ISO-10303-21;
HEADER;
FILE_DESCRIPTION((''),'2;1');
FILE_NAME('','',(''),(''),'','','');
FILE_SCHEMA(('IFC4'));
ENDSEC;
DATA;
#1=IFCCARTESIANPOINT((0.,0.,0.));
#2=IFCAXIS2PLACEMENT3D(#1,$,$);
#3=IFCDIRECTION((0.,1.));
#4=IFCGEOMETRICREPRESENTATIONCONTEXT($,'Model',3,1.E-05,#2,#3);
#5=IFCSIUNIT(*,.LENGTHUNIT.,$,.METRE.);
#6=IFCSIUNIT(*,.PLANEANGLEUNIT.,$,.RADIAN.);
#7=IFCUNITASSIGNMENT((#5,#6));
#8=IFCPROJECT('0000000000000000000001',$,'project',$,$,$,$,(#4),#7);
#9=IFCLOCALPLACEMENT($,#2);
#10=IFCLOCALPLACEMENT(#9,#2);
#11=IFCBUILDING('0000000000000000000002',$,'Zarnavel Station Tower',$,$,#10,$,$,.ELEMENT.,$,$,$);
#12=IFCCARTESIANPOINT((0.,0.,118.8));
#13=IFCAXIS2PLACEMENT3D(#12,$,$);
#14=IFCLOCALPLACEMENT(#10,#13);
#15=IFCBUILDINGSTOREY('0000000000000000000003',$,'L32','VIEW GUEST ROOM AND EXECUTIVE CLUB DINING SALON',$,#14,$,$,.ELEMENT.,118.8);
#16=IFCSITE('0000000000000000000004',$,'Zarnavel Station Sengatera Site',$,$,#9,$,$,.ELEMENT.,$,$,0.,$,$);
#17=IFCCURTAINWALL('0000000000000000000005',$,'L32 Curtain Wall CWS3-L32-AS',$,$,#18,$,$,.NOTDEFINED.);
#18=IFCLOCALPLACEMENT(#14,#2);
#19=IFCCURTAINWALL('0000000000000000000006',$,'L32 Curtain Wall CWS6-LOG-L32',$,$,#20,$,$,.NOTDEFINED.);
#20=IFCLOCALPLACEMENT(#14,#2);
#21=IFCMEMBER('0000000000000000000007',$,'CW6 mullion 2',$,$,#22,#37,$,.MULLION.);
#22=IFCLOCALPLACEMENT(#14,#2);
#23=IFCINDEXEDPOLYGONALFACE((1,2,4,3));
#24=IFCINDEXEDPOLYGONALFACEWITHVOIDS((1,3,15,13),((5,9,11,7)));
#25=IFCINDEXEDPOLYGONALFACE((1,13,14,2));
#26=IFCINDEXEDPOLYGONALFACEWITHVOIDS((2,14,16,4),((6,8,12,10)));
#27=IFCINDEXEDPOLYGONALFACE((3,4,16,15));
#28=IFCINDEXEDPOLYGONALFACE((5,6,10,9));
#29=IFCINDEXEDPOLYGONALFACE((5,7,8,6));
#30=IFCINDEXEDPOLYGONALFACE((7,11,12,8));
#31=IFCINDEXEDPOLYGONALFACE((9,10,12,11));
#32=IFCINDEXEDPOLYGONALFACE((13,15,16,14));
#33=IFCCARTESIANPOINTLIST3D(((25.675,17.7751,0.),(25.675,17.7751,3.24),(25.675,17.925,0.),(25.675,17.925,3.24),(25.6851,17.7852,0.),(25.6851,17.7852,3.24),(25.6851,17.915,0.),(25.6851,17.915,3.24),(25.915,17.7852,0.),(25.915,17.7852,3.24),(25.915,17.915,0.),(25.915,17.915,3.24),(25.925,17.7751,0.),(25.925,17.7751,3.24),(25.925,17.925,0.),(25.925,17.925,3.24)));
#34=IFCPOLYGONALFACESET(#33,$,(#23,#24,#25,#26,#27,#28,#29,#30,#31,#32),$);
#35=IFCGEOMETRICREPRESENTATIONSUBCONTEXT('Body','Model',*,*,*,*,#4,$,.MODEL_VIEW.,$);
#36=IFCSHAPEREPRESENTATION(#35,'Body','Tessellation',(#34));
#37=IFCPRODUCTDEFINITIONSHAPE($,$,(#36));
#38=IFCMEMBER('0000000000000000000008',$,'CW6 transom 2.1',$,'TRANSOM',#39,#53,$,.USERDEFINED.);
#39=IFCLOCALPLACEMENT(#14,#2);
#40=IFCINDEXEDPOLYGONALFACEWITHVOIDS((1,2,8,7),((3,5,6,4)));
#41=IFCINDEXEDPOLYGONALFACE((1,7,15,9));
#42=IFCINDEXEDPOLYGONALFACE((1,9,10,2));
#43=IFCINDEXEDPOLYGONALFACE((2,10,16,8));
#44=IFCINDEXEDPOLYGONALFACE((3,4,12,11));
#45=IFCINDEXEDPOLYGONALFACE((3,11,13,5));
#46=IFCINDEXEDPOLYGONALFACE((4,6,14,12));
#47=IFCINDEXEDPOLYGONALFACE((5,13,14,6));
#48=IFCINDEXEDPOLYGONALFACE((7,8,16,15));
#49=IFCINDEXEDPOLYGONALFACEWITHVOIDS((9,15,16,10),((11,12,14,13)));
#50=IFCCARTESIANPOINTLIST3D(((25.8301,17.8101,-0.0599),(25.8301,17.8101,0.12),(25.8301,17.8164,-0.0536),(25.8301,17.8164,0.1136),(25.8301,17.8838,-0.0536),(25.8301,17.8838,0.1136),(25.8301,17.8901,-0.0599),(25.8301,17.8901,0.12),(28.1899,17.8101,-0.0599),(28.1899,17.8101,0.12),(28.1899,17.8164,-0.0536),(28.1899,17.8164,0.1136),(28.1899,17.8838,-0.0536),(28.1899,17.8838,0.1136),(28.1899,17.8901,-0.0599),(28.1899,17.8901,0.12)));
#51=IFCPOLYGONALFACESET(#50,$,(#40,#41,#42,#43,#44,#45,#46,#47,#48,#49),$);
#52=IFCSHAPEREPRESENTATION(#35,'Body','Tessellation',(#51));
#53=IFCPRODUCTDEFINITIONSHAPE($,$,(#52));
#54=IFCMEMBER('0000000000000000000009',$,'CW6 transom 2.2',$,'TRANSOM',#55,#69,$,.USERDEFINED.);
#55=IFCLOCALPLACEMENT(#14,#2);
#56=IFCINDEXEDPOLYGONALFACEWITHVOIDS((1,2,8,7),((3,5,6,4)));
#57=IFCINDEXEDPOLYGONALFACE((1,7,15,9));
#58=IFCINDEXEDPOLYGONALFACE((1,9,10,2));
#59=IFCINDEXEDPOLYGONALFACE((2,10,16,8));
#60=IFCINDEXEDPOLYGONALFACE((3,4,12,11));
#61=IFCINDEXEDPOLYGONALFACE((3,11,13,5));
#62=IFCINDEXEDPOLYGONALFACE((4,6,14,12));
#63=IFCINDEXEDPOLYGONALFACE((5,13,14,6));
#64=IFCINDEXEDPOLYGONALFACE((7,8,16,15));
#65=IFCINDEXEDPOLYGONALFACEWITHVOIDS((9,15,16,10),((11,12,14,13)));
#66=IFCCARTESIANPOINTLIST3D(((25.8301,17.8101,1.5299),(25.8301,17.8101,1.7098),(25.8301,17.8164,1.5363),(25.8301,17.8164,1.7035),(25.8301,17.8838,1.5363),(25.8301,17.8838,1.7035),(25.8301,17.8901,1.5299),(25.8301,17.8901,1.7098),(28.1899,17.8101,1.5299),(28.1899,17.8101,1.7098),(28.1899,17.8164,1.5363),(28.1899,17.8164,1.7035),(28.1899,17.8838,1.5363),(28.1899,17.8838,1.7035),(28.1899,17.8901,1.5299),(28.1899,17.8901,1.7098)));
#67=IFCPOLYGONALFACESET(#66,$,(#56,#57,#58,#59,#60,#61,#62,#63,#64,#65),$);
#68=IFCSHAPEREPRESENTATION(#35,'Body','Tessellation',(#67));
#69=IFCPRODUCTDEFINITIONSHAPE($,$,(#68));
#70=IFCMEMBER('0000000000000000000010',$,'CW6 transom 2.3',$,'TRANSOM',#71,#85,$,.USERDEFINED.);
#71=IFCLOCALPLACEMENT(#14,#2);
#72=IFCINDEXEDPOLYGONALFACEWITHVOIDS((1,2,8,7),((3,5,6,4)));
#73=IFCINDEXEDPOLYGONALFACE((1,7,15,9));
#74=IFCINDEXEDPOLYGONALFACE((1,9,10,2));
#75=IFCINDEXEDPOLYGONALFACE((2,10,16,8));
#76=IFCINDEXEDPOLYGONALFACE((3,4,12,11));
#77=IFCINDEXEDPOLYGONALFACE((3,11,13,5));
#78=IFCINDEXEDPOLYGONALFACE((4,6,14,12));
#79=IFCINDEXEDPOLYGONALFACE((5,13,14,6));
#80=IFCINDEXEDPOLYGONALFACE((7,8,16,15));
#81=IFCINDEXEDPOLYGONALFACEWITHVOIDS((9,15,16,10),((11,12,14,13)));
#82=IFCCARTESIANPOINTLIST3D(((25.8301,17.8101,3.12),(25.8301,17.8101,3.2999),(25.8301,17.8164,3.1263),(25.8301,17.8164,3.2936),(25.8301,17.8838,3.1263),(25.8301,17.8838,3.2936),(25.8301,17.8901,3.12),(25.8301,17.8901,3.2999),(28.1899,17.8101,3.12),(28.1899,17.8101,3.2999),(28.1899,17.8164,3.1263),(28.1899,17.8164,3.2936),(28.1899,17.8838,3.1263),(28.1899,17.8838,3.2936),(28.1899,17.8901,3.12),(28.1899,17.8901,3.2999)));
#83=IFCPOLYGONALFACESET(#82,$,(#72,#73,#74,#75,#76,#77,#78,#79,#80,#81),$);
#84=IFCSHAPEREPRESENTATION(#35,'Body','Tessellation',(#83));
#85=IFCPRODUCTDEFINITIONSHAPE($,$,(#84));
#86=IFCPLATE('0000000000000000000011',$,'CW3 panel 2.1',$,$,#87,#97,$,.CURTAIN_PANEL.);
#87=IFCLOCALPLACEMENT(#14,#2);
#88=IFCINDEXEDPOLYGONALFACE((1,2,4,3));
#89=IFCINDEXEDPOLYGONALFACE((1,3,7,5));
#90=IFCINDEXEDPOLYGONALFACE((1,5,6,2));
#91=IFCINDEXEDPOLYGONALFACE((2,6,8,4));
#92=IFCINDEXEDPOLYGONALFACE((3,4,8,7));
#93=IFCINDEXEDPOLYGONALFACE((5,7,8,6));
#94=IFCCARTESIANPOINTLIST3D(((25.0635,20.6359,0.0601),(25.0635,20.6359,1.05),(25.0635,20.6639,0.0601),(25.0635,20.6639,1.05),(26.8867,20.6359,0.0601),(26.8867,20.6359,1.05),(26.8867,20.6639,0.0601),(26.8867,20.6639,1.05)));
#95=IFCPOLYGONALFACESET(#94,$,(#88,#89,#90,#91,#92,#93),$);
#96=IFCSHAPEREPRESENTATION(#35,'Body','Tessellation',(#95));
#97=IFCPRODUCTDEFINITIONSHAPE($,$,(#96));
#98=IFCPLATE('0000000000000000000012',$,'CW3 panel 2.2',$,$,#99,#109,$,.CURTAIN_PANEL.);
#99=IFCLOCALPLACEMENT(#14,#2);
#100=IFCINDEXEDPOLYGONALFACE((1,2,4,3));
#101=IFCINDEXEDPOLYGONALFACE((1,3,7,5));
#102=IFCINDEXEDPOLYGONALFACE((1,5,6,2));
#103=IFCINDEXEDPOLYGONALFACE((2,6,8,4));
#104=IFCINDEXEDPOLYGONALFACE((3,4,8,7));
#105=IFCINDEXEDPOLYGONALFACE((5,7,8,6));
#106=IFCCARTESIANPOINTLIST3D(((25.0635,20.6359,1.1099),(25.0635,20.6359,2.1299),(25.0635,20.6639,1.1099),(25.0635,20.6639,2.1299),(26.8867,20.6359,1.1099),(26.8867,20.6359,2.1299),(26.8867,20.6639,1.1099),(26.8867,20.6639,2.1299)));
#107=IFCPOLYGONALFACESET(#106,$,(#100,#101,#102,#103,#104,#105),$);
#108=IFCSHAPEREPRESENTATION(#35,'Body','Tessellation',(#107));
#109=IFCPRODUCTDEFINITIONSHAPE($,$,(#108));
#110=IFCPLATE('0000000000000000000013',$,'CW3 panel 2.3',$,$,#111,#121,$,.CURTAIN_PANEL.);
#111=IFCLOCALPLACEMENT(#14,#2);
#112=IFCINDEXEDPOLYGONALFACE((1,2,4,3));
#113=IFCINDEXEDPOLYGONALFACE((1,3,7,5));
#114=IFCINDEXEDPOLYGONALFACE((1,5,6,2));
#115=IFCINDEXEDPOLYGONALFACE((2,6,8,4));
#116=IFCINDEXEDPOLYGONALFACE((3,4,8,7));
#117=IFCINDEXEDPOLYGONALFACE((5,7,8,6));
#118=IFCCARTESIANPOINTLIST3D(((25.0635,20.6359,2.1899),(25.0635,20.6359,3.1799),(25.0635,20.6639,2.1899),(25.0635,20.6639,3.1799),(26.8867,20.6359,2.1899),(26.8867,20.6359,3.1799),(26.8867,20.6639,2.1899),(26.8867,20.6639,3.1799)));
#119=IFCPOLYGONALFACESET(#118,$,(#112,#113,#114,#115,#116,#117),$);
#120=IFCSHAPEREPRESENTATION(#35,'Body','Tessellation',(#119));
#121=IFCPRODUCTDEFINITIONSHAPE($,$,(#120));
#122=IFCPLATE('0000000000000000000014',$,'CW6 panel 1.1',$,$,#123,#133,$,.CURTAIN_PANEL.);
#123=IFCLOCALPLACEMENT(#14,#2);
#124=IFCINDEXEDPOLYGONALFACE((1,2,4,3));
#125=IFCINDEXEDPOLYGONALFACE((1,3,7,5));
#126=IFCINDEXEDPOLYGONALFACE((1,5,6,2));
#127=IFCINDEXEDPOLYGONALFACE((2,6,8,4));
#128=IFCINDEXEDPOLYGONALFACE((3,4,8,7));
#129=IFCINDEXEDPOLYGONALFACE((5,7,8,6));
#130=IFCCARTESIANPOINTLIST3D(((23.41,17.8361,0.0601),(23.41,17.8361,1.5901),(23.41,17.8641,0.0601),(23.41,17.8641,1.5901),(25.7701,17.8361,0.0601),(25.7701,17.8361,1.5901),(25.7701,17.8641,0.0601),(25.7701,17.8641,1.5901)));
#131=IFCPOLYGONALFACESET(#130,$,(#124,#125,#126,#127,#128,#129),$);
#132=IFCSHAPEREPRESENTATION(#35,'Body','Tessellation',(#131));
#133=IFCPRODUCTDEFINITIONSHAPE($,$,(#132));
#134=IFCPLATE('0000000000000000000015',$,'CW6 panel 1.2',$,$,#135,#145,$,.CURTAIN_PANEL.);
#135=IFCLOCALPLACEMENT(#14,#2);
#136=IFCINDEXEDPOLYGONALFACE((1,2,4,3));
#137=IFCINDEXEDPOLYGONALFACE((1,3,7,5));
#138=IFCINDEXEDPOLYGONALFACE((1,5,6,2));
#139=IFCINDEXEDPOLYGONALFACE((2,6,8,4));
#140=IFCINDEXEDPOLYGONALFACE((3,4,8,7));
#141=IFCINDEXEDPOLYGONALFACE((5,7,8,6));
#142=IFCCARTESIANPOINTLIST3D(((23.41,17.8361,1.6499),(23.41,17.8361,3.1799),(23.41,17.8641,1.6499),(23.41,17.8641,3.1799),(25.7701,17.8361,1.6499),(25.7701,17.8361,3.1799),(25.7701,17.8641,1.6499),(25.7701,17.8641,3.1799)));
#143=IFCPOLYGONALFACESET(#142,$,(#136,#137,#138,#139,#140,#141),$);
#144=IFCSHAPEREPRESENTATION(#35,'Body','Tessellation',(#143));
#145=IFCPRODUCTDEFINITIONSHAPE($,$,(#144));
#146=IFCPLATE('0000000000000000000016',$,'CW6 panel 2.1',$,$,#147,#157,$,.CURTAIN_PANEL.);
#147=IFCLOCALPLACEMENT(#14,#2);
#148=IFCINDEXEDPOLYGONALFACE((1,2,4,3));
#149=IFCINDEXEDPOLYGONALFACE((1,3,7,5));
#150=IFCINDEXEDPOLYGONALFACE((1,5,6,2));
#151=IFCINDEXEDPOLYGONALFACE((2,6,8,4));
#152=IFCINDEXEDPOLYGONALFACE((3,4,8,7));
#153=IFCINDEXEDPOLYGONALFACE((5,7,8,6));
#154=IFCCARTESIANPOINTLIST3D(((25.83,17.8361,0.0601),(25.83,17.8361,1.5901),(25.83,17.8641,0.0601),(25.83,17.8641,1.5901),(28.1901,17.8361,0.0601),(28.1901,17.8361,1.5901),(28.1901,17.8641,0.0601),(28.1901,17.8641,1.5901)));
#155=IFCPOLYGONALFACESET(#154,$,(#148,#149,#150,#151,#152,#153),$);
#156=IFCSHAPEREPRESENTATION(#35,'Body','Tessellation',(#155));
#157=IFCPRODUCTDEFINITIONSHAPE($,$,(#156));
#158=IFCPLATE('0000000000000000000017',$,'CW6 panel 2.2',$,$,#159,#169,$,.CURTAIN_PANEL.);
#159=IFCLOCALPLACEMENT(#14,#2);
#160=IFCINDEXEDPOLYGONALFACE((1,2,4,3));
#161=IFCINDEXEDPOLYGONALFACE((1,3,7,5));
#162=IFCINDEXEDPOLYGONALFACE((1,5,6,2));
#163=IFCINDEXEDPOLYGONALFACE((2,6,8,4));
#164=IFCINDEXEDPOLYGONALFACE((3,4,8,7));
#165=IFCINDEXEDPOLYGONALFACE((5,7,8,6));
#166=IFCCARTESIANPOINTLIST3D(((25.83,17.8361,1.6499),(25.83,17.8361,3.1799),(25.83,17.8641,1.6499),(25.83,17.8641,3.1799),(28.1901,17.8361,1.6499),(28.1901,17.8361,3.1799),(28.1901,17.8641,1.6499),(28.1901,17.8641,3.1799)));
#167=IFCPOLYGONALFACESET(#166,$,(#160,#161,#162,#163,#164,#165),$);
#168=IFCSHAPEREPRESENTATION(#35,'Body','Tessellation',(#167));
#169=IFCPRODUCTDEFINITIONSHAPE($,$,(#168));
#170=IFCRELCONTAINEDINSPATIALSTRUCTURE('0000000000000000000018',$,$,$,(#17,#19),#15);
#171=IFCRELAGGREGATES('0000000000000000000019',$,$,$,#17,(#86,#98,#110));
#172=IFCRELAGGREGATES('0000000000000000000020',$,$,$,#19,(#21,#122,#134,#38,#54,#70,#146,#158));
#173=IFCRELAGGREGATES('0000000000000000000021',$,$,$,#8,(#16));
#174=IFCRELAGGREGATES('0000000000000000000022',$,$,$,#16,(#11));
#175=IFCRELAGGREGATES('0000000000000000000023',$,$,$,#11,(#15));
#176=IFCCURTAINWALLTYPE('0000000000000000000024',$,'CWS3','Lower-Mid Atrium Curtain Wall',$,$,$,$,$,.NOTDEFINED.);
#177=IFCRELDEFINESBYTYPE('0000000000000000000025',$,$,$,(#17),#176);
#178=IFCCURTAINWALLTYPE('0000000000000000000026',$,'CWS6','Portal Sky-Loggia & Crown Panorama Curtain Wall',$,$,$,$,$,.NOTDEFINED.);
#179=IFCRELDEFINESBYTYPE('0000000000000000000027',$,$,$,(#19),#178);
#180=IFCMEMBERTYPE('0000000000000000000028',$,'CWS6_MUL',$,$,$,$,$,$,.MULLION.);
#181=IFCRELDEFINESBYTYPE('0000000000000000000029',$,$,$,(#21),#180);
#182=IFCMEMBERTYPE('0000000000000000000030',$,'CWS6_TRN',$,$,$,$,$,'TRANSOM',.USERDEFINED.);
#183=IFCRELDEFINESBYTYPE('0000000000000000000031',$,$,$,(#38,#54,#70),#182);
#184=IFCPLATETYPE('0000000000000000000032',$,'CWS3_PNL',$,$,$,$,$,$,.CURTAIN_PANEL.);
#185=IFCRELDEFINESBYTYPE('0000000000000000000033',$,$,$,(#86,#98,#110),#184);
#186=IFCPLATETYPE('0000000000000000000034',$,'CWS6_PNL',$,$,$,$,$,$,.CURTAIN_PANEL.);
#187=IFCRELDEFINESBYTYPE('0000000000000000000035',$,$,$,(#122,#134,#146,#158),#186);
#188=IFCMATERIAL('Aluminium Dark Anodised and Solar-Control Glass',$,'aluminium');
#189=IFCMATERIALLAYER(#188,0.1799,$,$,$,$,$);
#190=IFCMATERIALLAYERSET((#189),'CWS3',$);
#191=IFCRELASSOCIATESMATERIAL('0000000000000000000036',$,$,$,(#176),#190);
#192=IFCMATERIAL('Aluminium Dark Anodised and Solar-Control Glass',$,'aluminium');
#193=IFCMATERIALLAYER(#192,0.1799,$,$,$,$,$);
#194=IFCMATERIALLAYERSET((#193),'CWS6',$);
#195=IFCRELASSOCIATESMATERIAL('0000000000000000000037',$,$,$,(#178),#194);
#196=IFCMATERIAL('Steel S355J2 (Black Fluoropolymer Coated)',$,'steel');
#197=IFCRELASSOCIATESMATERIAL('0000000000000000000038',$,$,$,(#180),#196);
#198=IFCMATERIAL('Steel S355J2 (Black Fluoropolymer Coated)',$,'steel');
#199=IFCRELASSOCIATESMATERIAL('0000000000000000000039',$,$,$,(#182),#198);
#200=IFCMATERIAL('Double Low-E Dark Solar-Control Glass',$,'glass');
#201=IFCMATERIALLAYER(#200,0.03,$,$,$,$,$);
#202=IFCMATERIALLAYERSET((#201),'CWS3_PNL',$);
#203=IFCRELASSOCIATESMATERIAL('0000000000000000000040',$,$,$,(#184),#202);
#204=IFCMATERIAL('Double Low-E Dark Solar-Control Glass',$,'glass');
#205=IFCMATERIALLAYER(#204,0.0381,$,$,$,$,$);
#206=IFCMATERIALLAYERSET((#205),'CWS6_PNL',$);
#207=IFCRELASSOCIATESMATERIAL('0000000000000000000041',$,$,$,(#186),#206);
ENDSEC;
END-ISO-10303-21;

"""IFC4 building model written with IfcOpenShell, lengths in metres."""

from ifc_helpers import new_model, si_unit, direction, frame, origin, origin_2d, place, context, subcontext, project, spatial, rectangle, hollow_rectangle, extrude, material, layer, layer_set, material_profile, profile_set, type_object, element, aggregate, save


model = new_model("IFC4")

# Units and contexts
model_context = context("Model", 3, precision=1e-05, world=origin(), true_north=direction((0.0, 1.0)))
body_context = subcontext(model_context, "Body", "Model", "MODEL_VIEW")
ifc_project = project(units=[si_unit("LENGTHUNIT", "METRE"), si_unit("PLANEANGLEUNIT", "RADIAN")], contexts=[model_context])

# Site, building, storey
site_placement = place(None, origin())
site = spatial("IfcSite", under=ifc_project, at=site_placement, Name="Zarnavel Station Sengatera Site", CompositionType="ELEMENT", RefElevation=0.0)
building_placement = place(site_placement, origin())
building = spatial("IfcBuilding", under=site, at=building_placement, Name="Zarnavel Station Tower", CompositionType="ELEMENT")
storey_placement = place(building_placement, frame((0.0, 0.0, 118.8)))
storey = spatial("IfcBuildingStorey", under=building, at=storey_placement, Name="L32", Description="VIEW GUEST ROOM AND EXECUTIVE CLUB DINING SALON", CompositionType="ELEMENT", Elevation=118.8)

# Curtain walls, members
ifc_material_1 = material(Name="Aluminium Dark Anodised and Solar-Control Glass", Category="aluminium")
ifc_layer_1 = layer(ifc_material_1, 0.1799)
ifc_layer_set_1 = layer_set([ifc_layer_1], Name="CWS3")
curtain_wall_type_1 = type_object("IfcCurtainWallType", Name="CWS3", Description="Lower-Mid Atrium Curtain Wall", PredefinedType="NOTDEFINED", material=ifc_layer_set_1)
curtain_wall_1_placement = place(storey_placement, origin())
curtain_wall_1 = element("IfcCurtainWall", 1, at=curtain_wall_1_placement, inside=storey, type_object=curtain_wall_type_1, Name="L32 Curtain Wall CWS3-L32-AS", PredefinedType="NOTDEFINED")
ifc_material_2 = material(Name="Aluminium Dark Anodised and Solar-Control Glass", Category="aluminium")
ifc_layer_2 = layer(ifc_material_2, 0.1799)
ifc_layer_set_2 = layer_set([ifc_layer_2], Name="CWS6")
curtain_wall_type_2 = type_object("IfcCurtainWallType", Name="CWS6", Description="Portal Sky-Loggia & Crown Panorama Curtain Wall", PredefinedType="NOTDEFINED", material=ifc_layer_set_2)
curtain_wall_2_placement = place(storey_placement, origin())
curtain_wall_2 = element("IfcCurtainWall", 2, at=curtain_wall_2_placement, inside=storey, type_object=curtain_wall_type_2, Name="L32 Curtain Wall CWS6-LOG-L32", PredefinedType="NOTDEFINED")
ifc_material_3 = material(Name="Steel S355J2 (Black Fluoropolymer Coated)", Category="steel")
ifc_material_profile_1 = material_profile(ifc_material_3, hollow_rectangle(XDim=0.1499, YDim=0.25, WallThickness=0.01, at=origin_2d()), Name="RHS250x150x10")
ifc_profile_set_1 = profile_set([ifc_material_profile_1], Name="Steel S355J2 (Black Fluoropolymer Coated)")
member_type_1 = type_object("IfcMemberType", Name="CWS6_MUL", PredefinedType="MULLION", material=ifc_profile_set_1)
member_1_placement = place(storey_placement, frame((25.8, 17.8501, 0.0), z_axis=(0.0, 0.0, 1.0), x_axis=(0.0, 1.0, 0.0)))
member_1 = element("IfcMember", 3, at=member_1_placement, type_object=member_type_1, Name="CW6 mullion 2", PredefinedType="MULLION", context=body_context, shape_type="SweptSolid", body=[
    extrude(hollow_rectangle(XDim=0.1499, YDim=0.25, WallThickness=0.01, at=origin_2d()), origin(), (0.0, 0.0, 1.0), 3.24),
])
ifc_material_4 = material(Name="Steel S355J2 (Black Fluoropolymer Coated)", Category="steel")
ifc_material_profile_2 = material_profile(ifc_material_4, hollow_rectangle(XDim=0.0801, YDim=0.1799, WallThickness=0.0063, at=origin_2d()), Name="RHS180x80x6.3")
ifc_profile_set_2 = profile_set([ifc_material_profile_2], Name="Steel S355J2 (Black Fluoropolymer Coated)")
member_type_2 = type_object("IfcMemberType", Name="CWS6_TRN", ElementType="TRANSOM", PredefinedType="USERDEFINED", material=ifc_profile_set_2)
member_2_placement = place(storey_placement, frame((25.8301, 17.8501, 0.03), z_axis=(1.0, 0.0, 0.0), x_axis=(0.0, 1.0, 0.0)))
member_2 = element("IfcMember", 4, at=member_2_placement, type_object=member_type_2, Name="CW6 transom 2.1", ObjectType="TRANSOM", PredefinedType="USERDEFINED", context=body_context, shape_type="SweptSolid", body=[
    extrude(hollow_rectangle(XDim=0.0801, YDim=0.1799, WallThickness=0.0063, at=origin_2d()), origin(), (0.0, 0.0, 1.0), 2.3599),
])
member_3_placement = place(storey_placement, frame((25.8301, 17.8501, 1.6199), z_axis=(1.0, 0.0, 0.0), x_axis=(0.0, 1.0, 0.0)))
member_3 = element("IfcMember", 5, at=member_3_placement, type_object=member_type_2, Name="CW6 transom 2.2", ObjectType="TRANSOM", PredefinedType="USERDEFINED", context=body_context, shape_type="SweptSolid", body=[
    extrude(hollow_rectangle(XDim=0.0801, YDim=0.1799, WallThickness=0.0063, at=origin_2d()), origin(), (0.0, 0.0, 1.0), 2.3599),
])
member_4_placement = place(storey_placement, frame((25.8301, 17.8501, 3.21), z_axis=(1.0, 0.0, 0.0), x_axis=(0.0, 1.0, 0.0)))
member_4 = element("IfcMember", 6, at=member_4_placement, type_object=member_type_2, Name="CW6 transom 2.3", ObjectType="TRANSOM", PredefinedType="USERDEFINED", context=body_context, shape_type="SweptSolid", body=[
    extrude(hollow_rectangle(XDim=0.0801, YDim=0.1799, WallThickness=0.0063, at=origin_2d()), origin(), (0.0, 0.0, 1.0), 2.3599),
])

# Plates
ifc_material_5 = material(Name="Double Low-E Dark Solar-Control Glass", Category="glass")
ifc_layer_3 = layer(ifc_material_5, 0.03)
ifc_layer_set_3 = layer_set([ifc_layer_3], Name="CWS3_PNL")
plate_type_1 = type_object("IfcPlateType", Name="CWS3_PNL", PredefinedType="CURTAIN_PANEL", material=ifc_layer_set_3)
plate_1_placement = place(storey_placement, frame((25.9751, 20.6499, 0.0601), z_axis=(0.0, 0.0, 1.0), x_axis=(1.0, 0.0, 0.0)))
plate_1 = element("IfcPlate", 7, at=plate_1_placement, type_object=plate_type_1, Name="CW3 panel 2.1", PredefinedType="CURTAIN_PANEL", context=body_context, shape_type="SweptSolid", body=[
    extrude(rectangle(XDim=1.8232, YDim=0.0281, at=origin_2d()), origin(), (0.0, 0.0, 1.0), 0.99),
])
plate_2_placement = place(storey_placement, frame((25.9751, 20.6499, 1.1099), z_axis=(0.0, 0.0, 1.0), x_axis=(1.0, 0.0, 0.0)))
plate_2 = element("IfcPlate", 8, at=plate_2_placement, type_object=plate_type_1, Name="CW3 panel 2.2", PredefinedType="CURTAIN_PANEL", context=body_context, shape_type="SweptSolid", body=[
    extrude(rectangle(XDim=1.8232, YDim=0.0281, at=origin_2d()), origin(), (0.0, 0.0, 1.0), 1.02),
])
plate_3_placement = place(storey_placement, frame((25.9751, 20.6499, 2.1899), z_axis=(0.0, 0.0, 1.0), x_axis=(1.0, 0.0, 0.0)))
plate_3 = element("IfcPlate", 9, at=plate_3_placement, type_object=plate_type_1, Name="CW3 panel 2.3", PredefinedType="CURTAIN_PANEL", context=body_context, shape_type="SweptSolid", body=[
    extrude(rectangle(XDim=1.8232, YDim=0.0281, at=origin_2d()), origin(), (0.0, 0.0, 1.0), 0.99),
])
aggregate(curtain_wall_1, [plate_1, plate_2, plate_3])
ifc_material_6 = material(Name="Double Low-E Dark Solar-Control Glass", Category="glass")
ifc_layer_4 = layer(ifc_material_6, 0.0381)
ifc_layer_set_4 = layer_set([ifc_layer_4], Name="CWS6_PNL")
plate_type_2 = type_object("IfcPlateType", Name="CWS6_PNL", PredefinedType="CURTAIN_PANEL", material=ifc_layer_set_4)
plate_4_placement = place(storey_placement, frame((24.5901, 17.8501, 0.0601), z_axis=(0.0, 0.0, 1.0), x_axis=(1.0, 0.0, 0.0)))
plate_4 = element("IfcPlate", 10, at=plate_4_placement, type_object=plate_type_2, Name="CW6 panel 1.1", PredefinedType="CURTAIN_PANEL", context=body_context, shape_type="SweptSolid", body=[
    extrude(rectangle(XDim=2.3601, YDim=0.0281, at=origin_2d()), origin(), (0.0, 0.0, 1.0), 1.53),
])
plate_5_placement = place(storey_placement, frame((24.5901, 17.8501, 1.6499), z_axis=(0.0, 0.0, 1.0), x_axis=(1.0, 0.0, 0.0)))
plate_5 = element("IfcPlate", 11, at=plate_5_placement, type_object=plate_type_2, Name="CW6 panel 1.2", PredefinedType="CURTAIN_PANEL", context=body_context, shape_type="SweptSolid", body=[
    extrude(rectangle(XDim=2.3601, YDim=0.0281, at=origin_2d()), origin(), (0.0, 0.0, 1.0), 1.53),
])
plate_6_placement = place(storey_placement, frame((27.01, 17.8501, 0.0601), z_axis=(0.0, 0.0, 1.0), x_axis=(1.0, 0.0, 0.0)))
plate_6 = element("IfcPlate", 12, at=plate_6_placement, type_object=plate_type_2, Name="CW6 panel 2.1", PredefinedType="CURTAIN_PANEL", context=body_context, shape_type="SweptSolid", body=[
    extrude(rectangle(XDim=2.3601, YDim=0.0281, at=origin_2d()), origin(), (0.0, 0.0, 1.0), 1.53),
])
plate_7_placement = place(storey_placement, frame((27.01, 17.8501, 1.6499), z_axis=(0.0, 0.0, 1.0), x_axis=(1.0, 0.0, 0.0)))
plate_7 = element("IfcPlate", 13, at=plate_7_placement, type_object=plate_type_2, Name="CW6 panel 2.2", PredefinedType="CURTAIN_PANEL", context=body_context, shape_type="SweptSolid", body=[
    extrude(rectangle(XDim=2.3601, YDim=0.0281, at=origin_2d()), origin(), (0.0, 0.0, 1.0), 1.53),
])
aggregate(curtain_wall_2, [member_1, plate_4, plate_5, member_2, member_3, member_4, plate_6, plate_7])

save(model, "model.ifc")
